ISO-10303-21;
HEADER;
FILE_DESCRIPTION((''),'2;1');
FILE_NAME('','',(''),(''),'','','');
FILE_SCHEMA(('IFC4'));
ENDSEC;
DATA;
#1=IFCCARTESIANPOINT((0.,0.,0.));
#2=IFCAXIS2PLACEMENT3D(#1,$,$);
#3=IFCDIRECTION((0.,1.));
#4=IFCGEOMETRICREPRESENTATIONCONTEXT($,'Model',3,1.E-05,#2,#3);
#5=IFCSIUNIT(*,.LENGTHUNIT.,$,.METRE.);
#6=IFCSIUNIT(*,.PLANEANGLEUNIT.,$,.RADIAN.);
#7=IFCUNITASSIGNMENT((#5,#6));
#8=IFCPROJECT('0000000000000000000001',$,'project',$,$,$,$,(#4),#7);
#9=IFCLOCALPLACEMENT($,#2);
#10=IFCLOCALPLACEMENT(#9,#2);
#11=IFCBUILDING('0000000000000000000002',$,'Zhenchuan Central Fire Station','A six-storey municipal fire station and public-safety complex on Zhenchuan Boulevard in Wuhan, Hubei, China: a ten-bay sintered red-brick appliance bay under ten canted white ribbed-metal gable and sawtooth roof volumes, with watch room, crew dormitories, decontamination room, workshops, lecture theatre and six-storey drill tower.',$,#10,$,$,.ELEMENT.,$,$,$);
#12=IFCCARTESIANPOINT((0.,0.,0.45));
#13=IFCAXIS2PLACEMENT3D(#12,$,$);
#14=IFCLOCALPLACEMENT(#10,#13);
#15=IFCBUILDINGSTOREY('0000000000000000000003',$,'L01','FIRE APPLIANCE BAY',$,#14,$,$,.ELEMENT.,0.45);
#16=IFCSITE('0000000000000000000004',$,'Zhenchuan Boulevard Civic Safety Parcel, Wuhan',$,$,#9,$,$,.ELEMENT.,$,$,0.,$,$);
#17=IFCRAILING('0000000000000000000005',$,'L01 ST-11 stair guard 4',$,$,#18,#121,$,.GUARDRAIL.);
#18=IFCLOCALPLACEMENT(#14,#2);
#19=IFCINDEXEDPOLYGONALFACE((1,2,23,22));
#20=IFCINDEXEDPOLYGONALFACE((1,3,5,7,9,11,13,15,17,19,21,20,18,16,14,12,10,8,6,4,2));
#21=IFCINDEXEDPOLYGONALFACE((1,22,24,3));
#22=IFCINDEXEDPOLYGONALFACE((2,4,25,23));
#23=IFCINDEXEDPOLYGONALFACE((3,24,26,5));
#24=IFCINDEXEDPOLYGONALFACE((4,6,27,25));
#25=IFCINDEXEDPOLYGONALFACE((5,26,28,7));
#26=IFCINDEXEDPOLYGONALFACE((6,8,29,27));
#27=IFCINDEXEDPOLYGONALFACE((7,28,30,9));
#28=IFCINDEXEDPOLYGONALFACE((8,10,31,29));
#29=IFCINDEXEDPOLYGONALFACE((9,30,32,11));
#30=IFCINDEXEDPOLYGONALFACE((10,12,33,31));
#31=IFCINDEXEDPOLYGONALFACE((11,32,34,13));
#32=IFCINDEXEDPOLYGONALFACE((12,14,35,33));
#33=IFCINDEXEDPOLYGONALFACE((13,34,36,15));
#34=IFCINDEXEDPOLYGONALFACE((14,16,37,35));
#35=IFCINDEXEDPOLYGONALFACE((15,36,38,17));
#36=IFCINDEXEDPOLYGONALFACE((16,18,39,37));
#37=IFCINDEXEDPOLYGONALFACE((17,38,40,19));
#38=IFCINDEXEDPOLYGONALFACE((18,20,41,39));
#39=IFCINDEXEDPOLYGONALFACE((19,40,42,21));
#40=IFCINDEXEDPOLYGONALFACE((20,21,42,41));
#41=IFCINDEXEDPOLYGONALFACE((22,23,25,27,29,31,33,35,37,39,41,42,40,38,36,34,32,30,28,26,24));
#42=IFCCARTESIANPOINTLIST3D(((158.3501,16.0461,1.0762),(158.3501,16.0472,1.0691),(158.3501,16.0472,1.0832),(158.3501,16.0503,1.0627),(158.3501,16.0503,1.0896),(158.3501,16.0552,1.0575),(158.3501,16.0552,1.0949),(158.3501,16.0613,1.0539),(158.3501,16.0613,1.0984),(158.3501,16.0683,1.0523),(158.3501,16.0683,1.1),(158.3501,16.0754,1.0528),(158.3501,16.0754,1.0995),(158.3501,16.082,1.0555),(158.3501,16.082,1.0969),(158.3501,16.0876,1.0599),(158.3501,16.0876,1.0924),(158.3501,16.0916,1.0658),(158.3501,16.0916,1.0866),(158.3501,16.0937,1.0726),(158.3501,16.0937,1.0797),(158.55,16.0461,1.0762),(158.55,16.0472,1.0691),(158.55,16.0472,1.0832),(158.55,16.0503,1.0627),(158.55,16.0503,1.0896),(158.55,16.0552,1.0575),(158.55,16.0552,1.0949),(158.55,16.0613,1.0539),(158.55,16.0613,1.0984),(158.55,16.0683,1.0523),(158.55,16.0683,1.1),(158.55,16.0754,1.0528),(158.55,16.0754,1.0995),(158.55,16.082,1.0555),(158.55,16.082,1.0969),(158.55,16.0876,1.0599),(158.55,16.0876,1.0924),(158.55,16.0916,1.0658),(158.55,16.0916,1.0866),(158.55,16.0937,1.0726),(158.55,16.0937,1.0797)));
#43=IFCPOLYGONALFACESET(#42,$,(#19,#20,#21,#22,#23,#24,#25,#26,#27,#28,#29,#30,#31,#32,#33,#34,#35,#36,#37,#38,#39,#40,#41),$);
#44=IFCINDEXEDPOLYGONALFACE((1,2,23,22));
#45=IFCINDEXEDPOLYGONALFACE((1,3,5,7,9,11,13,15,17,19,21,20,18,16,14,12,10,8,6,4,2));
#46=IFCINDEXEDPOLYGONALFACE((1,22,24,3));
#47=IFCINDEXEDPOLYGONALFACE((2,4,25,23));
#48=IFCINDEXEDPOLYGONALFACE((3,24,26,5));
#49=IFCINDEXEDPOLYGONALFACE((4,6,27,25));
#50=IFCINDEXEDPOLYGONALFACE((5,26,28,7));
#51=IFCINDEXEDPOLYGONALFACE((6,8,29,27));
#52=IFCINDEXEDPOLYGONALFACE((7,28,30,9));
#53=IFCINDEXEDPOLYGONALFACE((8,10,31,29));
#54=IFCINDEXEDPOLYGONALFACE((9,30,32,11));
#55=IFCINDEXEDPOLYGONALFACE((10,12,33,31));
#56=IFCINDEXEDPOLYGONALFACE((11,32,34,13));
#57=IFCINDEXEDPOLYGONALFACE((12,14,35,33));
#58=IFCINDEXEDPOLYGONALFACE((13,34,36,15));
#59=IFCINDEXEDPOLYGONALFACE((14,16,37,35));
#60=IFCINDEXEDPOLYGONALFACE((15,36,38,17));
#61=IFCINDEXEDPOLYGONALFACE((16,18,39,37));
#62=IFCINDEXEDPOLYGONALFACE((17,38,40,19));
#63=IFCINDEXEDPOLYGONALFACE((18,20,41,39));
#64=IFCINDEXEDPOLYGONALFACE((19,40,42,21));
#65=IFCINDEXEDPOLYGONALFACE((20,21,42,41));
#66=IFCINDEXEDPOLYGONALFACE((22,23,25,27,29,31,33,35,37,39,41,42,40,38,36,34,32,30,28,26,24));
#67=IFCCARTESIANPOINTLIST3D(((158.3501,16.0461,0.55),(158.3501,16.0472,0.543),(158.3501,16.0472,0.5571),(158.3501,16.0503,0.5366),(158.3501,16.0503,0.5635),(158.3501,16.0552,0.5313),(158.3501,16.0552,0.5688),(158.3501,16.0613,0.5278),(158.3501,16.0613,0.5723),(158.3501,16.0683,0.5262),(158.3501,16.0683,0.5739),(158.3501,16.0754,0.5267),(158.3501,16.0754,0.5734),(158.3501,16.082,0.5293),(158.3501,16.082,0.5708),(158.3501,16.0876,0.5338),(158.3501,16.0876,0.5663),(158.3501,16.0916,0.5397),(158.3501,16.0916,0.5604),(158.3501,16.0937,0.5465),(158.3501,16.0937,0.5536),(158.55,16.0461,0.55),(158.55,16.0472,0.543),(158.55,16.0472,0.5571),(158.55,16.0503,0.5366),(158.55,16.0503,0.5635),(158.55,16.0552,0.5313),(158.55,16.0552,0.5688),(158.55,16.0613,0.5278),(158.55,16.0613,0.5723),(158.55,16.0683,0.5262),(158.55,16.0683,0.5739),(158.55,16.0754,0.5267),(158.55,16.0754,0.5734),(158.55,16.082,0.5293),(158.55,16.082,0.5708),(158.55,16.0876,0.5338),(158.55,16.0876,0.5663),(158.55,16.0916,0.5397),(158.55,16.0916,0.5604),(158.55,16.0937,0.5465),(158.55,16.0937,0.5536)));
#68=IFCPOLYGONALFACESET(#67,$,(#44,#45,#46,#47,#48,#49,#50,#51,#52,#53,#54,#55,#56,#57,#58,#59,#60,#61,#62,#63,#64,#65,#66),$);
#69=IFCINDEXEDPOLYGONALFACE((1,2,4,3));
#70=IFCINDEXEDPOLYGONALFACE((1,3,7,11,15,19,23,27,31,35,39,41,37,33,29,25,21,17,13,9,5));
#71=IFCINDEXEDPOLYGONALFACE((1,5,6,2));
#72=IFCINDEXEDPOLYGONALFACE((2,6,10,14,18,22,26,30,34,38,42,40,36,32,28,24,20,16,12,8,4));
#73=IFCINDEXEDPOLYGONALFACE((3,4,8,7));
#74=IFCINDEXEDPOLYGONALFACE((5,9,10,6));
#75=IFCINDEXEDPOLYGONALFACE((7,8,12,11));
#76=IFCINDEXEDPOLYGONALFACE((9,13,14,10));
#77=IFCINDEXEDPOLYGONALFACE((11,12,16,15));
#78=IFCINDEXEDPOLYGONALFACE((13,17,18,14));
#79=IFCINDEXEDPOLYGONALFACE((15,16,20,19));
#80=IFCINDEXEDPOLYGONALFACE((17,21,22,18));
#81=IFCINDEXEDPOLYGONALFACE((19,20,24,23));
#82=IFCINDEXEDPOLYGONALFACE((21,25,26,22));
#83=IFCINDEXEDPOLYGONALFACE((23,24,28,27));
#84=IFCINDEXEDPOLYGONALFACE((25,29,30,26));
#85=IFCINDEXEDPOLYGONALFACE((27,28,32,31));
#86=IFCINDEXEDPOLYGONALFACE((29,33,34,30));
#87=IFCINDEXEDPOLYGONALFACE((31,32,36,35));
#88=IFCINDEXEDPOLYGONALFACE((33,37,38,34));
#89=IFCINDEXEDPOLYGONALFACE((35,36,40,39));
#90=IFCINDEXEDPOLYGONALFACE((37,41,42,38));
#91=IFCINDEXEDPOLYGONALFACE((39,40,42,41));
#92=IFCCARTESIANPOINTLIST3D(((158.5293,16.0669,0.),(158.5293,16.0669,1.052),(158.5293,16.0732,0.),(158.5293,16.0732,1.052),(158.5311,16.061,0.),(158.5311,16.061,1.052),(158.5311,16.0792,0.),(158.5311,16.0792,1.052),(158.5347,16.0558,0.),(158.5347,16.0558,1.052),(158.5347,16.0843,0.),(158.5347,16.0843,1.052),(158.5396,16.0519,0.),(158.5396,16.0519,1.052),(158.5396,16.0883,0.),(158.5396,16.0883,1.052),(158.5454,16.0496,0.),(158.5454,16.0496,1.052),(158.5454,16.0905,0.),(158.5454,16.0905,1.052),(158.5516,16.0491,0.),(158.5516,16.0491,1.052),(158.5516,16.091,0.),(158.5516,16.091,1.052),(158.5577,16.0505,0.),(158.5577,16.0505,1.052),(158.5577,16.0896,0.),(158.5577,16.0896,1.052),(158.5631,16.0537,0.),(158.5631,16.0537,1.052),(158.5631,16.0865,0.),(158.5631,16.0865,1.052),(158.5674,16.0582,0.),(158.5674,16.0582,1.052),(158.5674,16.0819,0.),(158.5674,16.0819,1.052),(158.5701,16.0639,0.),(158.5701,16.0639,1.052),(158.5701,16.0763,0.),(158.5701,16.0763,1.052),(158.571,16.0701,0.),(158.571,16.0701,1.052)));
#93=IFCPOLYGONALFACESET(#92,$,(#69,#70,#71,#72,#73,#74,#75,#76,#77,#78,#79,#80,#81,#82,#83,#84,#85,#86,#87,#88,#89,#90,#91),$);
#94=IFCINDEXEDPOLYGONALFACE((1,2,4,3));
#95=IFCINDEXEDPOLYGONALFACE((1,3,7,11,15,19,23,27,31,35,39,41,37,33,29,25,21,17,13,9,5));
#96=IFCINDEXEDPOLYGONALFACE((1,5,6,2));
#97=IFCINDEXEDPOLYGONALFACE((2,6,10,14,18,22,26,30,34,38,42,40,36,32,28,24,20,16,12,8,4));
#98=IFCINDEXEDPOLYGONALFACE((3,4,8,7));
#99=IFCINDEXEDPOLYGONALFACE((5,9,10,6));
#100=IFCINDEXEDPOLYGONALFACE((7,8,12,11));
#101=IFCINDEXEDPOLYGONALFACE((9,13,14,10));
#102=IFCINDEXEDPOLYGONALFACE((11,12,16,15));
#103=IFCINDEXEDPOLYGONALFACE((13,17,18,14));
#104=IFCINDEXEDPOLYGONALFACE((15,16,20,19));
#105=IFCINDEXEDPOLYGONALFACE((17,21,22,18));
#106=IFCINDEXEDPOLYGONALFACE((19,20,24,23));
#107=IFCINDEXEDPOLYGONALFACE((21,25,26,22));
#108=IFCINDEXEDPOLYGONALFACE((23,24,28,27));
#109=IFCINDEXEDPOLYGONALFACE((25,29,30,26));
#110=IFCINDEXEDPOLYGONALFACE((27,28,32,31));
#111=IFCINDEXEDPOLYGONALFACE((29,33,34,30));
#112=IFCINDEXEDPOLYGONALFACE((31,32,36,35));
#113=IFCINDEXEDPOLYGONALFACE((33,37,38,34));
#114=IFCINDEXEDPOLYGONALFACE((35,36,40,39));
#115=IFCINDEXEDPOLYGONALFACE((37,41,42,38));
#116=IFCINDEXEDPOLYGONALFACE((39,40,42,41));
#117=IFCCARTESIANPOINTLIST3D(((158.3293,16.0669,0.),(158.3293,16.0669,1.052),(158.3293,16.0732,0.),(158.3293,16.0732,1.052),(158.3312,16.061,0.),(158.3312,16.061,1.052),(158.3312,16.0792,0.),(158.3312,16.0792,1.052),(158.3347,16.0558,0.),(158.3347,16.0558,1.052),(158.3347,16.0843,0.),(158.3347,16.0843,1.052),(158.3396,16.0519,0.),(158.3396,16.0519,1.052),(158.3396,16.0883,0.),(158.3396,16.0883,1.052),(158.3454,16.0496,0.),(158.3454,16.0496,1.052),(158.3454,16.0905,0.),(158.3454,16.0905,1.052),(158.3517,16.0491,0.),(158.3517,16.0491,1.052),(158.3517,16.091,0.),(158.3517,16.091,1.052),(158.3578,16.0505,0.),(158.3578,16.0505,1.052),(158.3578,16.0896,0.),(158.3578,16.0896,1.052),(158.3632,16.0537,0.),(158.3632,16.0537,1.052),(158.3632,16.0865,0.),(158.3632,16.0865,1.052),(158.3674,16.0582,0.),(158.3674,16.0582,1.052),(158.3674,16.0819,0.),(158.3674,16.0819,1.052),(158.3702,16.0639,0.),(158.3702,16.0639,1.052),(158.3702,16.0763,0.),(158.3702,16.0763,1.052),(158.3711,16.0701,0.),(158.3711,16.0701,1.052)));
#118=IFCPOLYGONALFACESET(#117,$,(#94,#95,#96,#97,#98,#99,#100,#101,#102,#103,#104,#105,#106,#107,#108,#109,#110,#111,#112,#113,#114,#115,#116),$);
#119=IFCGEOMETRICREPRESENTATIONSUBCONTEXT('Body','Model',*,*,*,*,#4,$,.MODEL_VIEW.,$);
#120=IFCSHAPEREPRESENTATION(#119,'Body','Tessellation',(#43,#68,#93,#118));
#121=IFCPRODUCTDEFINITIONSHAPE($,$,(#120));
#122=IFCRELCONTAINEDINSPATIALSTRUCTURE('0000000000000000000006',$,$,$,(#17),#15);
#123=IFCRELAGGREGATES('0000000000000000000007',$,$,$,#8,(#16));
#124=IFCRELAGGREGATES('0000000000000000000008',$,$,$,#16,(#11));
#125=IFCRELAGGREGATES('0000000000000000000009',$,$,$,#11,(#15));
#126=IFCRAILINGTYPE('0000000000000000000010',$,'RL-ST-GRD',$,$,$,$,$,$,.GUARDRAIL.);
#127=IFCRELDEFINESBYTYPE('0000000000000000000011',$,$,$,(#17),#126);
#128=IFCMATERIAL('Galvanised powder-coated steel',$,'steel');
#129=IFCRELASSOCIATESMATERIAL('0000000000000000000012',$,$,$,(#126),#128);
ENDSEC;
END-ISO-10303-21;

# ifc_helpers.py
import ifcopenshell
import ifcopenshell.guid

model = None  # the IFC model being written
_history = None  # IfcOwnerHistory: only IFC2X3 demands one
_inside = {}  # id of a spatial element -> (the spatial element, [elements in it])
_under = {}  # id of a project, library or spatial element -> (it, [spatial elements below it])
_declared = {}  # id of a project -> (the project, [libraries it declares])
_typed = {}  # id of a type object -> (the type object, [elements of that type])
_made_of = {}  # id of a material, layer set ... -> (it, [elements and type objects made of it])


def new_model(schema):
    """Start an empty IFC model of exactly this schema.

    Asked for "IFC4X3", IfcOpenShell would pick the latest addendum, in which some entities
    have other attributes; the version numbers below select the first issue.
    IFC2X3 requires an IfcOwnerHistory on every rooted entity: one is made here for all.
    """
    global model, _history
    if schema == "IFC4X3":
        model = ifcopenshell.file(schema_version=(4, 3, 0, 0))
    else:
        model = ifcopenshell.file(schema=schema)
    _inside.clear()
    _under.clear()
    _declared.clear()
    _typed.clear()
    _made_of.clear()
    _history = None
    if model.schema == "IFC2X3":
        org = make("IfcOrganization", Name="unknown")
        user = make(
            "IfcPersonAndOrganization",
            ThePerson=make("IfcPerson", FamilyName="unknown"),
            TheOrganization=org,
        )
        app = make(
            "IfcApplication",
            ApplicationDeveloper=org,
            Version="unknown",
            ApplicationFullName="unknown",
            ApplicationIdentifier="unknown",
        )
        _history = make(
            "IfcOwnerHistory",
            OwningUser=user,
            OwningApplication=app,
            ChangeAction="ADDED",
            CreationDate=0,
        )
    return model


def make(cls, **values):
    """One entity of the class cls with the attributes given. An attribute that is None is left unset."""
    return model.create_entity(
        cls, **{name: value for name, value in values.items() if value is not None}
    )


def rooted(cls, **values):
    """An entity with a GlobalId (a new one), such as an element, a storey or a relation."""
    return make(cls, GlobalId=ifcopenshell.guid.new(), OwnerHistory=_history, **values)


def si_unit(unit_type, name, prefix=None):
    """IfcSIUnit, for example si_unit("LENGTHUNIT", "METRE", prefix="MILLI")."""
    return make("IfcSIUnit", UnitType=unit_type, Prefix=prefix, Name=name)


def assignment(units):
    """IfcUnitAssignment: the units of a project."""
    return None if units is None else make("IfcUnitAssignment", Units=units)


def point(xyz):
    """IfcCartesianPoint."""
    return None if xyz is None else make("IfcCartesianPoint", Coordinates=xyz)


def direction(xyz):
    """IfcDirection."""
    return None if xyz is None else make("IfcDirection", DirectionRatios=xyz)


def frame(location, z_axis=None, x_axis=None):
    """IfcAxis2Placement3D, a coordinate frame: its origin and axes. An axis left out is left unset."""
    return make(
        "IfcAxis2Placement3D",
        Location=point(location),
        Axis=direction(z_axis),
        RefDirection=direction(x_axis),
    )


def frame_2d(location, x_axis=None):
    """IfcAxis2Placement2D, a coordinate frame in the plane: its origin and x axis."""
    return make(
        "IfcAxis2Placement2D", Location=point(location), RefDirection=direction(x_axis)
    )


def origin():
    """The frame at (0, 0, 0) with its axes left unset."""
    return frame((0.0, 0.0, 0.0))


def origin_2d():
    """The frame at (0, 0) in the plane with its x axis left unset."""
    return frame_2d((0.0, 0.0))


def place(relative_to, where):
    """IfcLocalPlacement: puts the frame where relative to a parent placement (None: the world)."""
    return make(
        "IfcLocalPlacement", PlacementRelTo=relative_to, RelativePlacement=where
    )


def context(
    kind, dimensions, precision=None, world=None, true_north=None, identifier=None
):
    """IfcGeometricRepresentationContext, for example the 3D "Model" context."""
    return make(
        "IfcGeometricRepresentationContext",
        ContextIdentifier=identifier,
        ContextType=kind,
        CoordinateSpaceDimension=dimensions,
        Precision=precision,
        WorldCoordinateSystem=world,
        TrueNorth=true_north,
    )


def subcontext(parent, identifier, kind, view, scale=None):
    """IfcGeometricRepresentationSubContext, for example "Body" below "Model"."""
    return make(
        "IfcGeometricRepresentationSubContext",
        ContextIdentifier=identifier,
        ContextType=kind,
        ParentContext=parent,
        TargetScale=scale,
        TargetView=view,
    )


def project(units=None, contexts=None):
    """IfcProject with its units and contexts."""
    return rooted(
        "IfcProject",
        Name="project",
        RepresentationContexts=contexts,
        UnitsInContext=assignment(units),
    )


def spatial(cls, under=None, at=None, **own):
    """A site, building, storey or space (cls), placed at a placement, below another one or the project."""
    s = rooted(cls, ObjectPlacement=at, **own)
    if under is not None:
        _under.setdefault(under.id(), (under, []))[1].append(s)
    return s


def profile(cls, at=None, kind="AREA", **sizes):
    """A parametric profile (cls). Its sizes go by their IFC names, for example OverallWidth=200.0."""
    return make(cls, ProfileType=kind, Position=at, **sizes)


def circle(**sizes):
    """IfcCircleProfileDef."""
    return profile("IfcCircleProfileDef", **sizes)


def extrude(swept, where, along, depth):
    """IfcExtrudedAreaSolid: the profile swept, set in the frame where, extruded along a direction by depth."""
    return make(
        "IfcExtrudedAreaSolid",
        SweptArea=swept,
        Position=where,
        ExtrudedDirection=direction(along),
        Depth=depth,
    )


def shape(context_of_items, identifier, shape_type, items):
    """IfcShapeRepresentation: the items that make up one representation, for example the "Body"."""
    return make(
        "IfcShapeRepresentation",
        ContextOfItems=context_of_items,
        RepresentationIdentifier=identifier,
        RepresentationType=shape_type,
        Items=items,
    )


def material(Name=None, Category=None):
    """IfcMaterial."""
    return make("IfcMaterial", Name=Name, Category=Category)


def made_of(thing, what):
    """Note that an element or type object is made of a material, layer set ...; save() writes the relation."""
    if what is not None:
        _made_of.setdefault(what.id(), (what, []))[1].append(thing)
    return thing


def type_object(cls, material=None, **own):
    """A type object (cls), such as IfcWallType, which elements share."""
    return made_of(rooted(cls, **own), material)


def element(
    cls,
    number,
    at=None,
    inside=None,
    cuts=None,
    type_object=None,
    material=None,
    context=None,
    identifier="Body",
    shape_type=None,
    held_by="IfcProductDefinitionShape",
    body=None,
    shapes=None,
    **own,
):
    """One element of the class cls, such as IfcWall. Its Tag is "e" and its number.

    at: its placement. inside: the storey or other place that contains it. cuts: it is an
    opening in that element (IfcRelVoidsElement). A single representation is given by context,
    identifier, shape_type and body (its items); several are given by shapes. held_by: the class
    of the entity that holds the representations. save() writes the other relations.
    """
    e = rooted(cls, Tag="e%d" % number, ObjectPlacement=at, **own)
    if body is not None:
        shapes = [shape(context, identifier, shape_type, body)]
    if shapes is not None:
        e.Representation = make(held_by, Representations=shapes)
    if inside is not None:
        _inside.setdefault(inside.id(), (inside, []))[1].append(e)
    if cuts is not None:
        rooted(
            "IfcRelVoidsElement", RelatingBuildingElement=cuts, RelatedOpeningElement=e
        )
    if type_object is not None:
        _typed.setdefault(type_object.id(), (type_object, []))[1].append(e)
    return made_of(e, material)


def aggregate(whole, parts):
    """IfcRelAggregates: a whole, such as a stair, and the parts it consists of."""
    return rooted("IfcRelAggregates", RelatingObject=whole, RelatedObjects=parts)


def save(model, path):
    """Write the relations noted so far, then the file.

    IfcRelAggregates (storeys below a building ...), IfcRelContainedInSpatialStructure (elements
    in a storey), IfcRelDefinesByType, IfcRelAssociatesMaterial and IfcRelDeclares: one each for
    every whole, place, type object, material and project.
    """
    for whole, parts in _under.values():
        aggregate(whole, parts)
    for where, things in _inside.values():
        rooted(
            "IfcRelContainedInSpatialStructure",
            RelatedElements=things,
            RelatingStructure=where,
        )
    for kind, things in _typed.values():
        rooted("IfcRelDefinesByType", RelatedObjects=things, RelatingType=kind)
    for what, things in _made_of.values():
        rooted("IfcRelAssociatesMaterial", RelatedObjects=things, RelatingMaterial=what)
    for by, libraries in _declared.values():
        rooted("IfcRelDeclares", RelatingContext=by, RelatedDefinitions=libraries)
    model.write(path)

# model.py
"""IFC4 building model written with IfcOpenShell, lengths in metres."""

from ifc_helpers import new_model, si_unit, direction, frame, origin, origin_2d, place, context, subcontext, project, spatial, circle, extrude, material, type_object, element, save


model = new_model("IFC4")

# Units and contexts
model_context = context("Model", 3, precision=1e-05, world=origin(), true_north=direction((0.0, 1.0)))
body_context = subcontext(model_context, "Body", "Model", "MODEL_VIEW")
ifc_project = project(units=[si_unit("LENGTHUNIT", "METRE"), si_unit("PLANEANGLEUNIT", "RADIAN")], contexts=[model_context])

# Site, building, storey
site_placement = place(None, origin())
site = spatial("IfcSite", under=ifc_project, at=site_placement, Name="Zhenchuan Boulevard Civic Safety Parcel, Wuhan", CompositionType="ELEMENT", RefElevation=0.0)
building_placement = place(site_placement, origin())
building = spatial("IfcBuilding", under=site, at=building_placement, Name="Zhenchuan Central Fire Station", Description="A six-storey municipal fire station and public-safety complex on Zhenchuan Boulevard in Wuhan, Hubei, China: a ten-bay sintered red-brick appliance bay under ten canted white ribbed-metal gable and sawtooth roof volumes, with watch room, crew dormitories, decontamination room, workshops, lecture theatre and six-storey drill tower.", CompositionType="ELEMENT")
storey_placement = place(building_placement, frame((0.0, 0.0, 0.45)))
storey = spatial("IfcBuildingStorey", under=building, at=storey_placement, Name="L01", Description="FIRE APPLIANCE BAY", CompositionType="ELEMENT", Elevation=0.45)

# Railing
ifc_material_1 = material(Name="Galvanised powder-coated steel", Category="steel")
railing_type_1 = type_object("IfcRailingType", Name="RL-ST-GRD", PredefinedType="GUARDRAIL", material=ifc_material_1)
railing_1_placement = place(storey_placement, frame((158.55, 16.0701, 0.0)))
element("IfcRailing", 1, at=railing_1_placement, inside=storey, type_object=railing_type_1, Name="L01 ST-11 stair guard 4", PredefinedType="GUARDRAIL", context=body_context, shape_type="SweptSolid", body=[
    extrude(circle(Radius=0.0239, at=origin_2d()), frame((0.0, 0.0, 1.0762), z_axis=(-1.0, 0.0, 0.0), x_axis=(0.0, -1.0, 0.0)), (0.0, 0.0, 1.0), 0.2),
    extrude(circle(Radius=0.0239, at=origin_2d()), frame((0.0, 0.0, 0.55), z_axis=(-1.0, 0.0, 0.0), x_axis=(0.0, -1.0, 0.0)), (0.0, 0.0, 1.0), 0.2),
    extrude(circle(Radius=0.021, at=origin_2d()), origin(), (0.0, 0.0, 1.0), 1.052),
    extrude(circle(Radius=0.021, at=origin_2d()), frame((-0.2, 0.0, 0.0)), (0.0, 0.0, 1.0), 1.052),
])

save(model, "model.ifc")
